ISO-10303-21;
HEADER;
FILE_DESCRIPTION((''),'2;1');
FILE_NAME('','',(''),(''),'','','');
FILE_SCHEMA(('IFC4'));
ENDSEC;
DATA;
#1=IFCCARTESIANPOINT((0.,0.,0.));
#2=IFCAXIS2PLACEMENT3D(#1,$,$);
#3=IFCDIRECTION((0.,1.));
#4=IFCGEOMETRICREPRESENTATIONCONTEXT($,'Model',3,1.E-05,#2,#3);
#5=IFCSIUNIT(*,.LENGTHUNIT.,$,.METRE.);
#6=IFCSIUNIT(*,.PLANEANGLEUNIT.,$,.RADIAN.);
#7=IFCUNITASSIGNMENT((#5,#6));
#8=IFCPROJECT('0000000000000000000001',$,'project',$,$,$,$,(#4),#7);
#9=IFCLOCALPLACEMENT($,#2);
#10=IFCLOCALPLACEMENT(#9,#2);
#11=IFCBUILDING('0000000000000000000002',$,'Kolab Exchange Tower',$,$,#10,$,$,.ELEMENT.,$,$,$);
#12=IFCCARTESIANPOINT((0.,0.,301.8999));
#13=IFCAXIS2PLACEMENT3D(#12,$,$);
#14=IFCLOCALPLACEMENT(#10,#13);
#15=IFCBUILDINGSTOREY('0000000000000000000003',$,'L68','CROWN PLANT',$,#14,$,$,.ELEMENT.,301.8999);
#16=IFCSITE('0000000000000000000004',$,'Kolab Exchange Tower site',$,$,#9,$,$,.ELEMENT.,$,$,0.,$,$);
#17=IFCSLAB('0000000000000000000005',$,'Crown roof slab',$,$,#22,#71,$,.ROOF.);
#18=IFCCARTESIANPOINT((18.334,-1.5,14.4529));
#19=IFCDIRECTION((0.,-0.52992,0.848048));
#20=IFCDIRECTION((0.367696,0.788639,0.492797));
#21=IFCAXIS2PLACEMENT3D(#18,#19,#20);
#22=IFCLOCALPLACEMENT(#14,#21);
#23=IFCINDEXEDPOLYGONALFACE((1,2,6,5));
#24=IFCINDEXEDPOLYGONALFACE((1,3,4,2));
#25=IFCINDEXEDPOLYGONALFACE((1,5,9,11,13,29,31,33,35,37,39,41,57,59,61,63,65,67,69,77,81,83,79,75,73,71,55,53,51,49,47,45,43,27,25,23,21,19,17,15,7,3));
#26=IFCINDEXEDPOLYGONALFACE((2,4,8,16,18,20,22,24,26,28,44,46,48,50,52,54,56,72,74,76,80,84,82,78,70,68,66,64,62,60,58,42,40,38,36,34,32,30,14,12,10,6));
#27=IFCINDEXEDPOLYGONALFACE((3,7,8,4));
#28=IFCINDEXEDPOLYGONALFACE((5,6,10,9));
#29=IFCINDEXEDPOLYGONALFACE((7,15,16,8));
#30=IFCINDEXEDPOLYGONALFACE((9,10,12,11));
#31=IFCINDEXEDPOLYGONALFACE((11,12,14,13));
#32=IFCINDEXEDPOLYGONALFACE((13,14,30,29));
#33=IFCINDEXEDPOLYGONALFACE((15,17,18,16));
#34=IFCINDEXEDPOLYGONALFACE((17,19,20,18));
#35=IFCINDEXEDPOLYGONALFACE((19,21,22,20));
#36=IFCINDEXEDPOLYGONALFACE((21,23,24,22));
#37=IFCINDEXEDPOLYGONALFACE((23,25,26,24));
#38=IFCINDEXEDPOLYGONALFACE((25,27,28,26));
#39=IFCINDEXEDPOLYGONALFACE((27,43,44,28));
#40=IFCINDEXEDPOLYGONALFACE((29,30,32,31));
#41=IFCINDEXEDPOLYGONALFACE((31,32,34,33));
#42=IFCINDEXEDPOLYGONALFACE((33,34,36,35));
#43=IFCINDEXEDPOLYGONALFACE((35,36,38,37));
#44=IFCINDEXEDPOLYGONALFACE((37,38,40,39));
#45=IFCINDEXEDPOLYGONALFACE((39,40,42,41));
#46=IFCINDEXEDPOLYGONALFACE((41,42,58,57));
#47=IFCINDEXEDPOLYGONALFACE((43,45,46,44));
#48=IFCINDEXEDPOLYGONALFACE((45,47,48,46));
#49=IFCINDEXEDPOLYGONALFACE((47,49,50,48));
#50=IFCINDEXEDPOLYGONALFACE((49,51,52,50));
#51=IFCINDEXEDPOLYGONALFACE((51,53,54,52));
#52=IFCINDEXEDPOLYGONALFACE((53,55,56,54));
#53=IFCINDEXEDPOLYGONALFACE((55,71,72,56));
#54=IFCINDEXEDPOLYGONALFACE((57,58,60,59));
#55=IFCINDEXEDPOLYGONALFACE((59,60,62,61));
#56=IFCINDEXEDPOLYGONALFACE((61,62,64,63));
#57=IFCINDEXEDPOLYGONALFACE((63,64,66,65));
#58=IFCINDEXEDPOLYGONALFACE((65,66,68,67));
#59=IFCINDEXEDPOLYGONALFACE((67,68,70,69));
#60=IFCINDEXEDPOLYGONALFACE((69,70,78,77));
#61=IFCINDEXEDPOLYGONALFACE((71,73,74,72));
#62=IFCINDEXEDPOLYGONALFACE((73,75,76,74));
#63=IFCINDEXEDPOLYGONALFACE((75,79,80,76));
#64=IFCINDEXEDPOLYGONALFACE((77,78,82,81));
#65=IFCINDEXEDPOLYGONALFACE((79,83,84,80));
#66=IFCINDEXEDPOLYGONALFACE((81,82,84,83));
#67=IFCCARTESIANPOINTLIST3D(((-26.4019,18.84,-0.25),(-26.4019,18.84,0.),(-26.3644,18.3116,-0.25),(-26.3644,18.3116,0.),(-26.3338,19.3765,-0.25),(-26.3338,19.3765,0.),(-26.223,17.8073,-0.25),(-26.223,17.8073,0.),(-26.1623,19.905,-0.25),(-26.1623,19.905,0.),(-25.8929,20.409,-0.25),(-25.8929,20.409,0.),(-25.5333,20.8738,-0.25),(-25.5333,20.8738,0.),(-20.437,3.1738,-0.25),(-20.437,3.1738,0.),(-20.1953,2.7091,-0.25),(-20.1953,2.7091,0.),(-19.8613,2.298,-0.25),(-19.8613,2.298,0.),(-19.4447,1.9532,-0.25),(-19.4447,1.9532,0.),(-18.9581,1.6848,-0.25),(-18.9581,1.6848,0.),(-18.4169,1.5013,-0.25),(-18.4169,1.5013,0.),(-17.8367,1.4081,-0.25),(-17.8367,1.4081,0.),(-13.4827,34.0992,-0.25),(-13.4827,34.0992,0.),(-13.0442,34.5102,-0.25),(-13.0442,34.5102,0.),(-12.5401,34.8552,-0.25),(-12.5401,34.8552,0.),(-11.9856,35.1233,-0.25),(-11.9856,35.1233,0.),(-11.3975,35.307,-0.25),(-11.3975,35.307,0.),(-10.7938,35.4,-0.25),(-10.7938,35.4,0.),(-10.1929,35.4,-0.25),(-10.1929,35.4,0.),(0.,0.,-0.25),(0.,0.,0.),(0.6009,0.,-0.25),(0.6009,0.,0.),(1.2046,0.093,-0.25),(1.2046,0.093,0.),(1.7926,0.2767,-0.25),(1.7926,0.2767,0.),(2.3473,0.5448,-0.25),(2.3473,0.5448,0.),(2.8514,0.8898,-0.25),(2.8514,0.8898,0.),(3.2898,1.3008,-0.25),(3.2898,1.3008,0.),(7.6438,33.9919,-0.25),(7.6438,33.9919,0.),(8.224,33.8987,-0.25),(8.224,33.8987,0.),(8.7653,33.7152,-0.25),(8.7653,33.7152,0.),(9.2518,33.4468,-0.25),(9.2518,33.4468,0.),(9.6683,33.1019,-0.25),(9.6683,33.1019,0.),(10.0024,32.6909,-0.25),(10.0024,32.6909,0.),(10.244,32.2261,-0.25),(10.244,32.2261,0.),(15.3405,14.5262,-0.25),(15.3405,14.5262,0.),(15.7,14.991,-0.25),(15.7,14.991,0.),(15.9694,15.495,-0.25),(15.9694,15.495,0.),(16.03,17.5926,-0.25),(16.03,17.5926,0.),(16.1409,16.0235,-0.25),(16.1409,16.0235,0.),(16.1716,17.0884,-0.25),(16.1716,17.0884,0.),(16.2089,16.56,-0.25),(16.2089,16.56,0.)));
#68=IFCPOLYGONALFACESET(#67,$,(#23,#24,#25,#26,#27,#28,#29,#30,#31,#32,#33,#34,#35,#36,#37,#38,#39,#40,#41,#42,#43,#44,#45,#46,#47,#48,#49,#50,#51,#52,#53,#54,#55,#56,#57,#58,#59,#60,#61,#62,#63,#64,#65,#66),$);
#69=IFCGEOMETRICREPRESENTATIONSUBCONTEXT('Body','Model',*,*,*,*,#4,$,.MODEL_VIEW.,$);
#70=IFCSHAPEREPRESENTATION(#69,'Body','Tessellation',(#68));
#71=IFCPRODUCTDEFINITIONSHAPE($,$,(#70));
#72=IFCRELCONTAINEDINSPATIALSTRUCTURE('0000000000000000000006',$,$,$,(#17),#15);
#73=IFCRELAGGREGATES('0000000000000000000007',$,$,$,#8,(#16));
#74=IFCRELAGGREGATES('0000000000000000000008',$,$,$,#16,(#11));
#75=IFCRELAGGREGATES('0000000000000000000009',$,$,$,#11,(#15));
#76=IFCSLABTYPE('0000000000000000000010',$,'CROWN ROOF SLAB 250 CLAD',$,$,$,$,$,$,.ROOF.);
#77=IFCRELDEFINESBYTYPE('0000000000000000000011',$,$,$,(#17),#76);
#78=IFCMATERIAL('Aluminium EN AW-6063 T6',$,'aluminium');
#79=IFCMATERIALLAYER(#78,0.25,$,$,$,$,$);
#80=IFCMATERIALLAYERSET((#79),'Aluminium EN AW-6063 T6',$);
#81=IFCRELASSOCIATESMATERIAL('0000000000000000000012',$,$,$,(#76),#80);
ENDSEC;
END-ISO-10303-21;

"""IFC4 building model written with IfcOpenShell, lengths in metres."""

from ifc_helpers import new_model, si_unit, direction, frame, origin, place, context, subcontext, project, spatial, polyline, outline, extrude, material, layer, layer_set, type_object, element, save


model = new_model("IFC4")

# Units and contexts
model_context = context("Model", 3, precision=1e-05, world=origin(), true_north=direction((0.0, 1.0)))
body_context = subcontext(model_context, "Body", "Model", "MODEL_VIEW")
ifc_project = project(units=[si_unit("LENGTHUNIT", "METRE"), si_unit("PLANEANGLEUNIT", "RADIAN")], contexts=[model_context])

# Site, building, storey
site_placement = place(None, origin())
site = spatial("IfcSite", under=ifc_project, at=site_placement, Name="Kolab Exchange Tower site", CompositionType="ELEMENT", RefElevation=0.0)
building_placement = place(site_placement, origin())
building = spatial("IfcBuilding", under=site, at=building_placement, Name="Kolab Exchange Tower", CompositionType="ELEMENT")
storey_placement = place(building_placement, frame((0.0, 0.0, 301.8999)))
storey = spatial("IfcBuildingStorey", under=building, at=storey_placement, Name="L68", Description="CROWN PLANT", CompositionType="ELEMENT", Elevation=301.8999)

# Slab
ifc_material_1 = material(Name="Aluminium EN AW-6063 T6", Category="aluminium")
ifc_layer_1 = layer(ifc_material_1, 0.25)
ifc_layer_set_1 = layer_set([ifc_layer_1], Name="Aluminium EN AW-6063 T6")
slab_type = type_object("IfcSlabType", Name="CROWN ROOF SLAB 250 CLAD", PredefinedType="ROOF", material=ifc_layer_set_1)
slab_placement = place(storey_placement, frame((18.334, -1.5, 14.4529), z_axis=(0.0, -0.52992, 0.848048), x_axis=(0.367696, 0.788639, 0.492797)))
element("IfcSlab", 1, at=slab_placement, inside=storey, type_object=slab_type, Name="Crown roof slab", PredefinedType="ROOF", context=body_context, shape_type="SweptSolid", body=[
    extrude(outline(polyline([(0.0, 0.0), (0.6009, 0.0), (1.2046, 0.093), (1.7926, 0.2767), (2.3473, 0.5448), (2.8514, 0.8898), (3.2898, 1.3008), (15.3405, 14.5262), (15.7, 14.991), (15.9694, 15.495), (16.1409, 16.0235), (16.2089, 16.56), (16.1716, 17.0884), (16.03, 17.5926), (10.244, 32.2261), (10.0024, 32.6909), (9.6683, 33.1019), (9.2518, 33.4468), (8.7653, 33.7152), (8.224, 33.8987), (7.6438, 33.9919), (-10.1929, 35.4), (-10.7938, 35.4), (-11.3975, 35.307), (-11.9856, 35.1233), (-12.5401, 34.8552), (-13.0442, 34.5102), (-13.4827, 34.0992), (-25.5333, 20.8738), (-25.8929, 20.409), (-26.1623, 19.905), (-26.3338, 19.3765), (-26.4019, 18.84), (-26.3644, 18.3116), (-26.223, 17.8073), (-20.437, 3.1738), (-20.1953, 2.7091), (-19.8613, 2.298), (-19.4447, 1.9532), (-18.9581, 1.6848), (-18.4169, 1.5013), (-17.8367, 1.4081), (0.0, 0.0)])), origin(), (0.0, 0.0, -1.0), 0.25),
])

save(model, "model.ifc")
